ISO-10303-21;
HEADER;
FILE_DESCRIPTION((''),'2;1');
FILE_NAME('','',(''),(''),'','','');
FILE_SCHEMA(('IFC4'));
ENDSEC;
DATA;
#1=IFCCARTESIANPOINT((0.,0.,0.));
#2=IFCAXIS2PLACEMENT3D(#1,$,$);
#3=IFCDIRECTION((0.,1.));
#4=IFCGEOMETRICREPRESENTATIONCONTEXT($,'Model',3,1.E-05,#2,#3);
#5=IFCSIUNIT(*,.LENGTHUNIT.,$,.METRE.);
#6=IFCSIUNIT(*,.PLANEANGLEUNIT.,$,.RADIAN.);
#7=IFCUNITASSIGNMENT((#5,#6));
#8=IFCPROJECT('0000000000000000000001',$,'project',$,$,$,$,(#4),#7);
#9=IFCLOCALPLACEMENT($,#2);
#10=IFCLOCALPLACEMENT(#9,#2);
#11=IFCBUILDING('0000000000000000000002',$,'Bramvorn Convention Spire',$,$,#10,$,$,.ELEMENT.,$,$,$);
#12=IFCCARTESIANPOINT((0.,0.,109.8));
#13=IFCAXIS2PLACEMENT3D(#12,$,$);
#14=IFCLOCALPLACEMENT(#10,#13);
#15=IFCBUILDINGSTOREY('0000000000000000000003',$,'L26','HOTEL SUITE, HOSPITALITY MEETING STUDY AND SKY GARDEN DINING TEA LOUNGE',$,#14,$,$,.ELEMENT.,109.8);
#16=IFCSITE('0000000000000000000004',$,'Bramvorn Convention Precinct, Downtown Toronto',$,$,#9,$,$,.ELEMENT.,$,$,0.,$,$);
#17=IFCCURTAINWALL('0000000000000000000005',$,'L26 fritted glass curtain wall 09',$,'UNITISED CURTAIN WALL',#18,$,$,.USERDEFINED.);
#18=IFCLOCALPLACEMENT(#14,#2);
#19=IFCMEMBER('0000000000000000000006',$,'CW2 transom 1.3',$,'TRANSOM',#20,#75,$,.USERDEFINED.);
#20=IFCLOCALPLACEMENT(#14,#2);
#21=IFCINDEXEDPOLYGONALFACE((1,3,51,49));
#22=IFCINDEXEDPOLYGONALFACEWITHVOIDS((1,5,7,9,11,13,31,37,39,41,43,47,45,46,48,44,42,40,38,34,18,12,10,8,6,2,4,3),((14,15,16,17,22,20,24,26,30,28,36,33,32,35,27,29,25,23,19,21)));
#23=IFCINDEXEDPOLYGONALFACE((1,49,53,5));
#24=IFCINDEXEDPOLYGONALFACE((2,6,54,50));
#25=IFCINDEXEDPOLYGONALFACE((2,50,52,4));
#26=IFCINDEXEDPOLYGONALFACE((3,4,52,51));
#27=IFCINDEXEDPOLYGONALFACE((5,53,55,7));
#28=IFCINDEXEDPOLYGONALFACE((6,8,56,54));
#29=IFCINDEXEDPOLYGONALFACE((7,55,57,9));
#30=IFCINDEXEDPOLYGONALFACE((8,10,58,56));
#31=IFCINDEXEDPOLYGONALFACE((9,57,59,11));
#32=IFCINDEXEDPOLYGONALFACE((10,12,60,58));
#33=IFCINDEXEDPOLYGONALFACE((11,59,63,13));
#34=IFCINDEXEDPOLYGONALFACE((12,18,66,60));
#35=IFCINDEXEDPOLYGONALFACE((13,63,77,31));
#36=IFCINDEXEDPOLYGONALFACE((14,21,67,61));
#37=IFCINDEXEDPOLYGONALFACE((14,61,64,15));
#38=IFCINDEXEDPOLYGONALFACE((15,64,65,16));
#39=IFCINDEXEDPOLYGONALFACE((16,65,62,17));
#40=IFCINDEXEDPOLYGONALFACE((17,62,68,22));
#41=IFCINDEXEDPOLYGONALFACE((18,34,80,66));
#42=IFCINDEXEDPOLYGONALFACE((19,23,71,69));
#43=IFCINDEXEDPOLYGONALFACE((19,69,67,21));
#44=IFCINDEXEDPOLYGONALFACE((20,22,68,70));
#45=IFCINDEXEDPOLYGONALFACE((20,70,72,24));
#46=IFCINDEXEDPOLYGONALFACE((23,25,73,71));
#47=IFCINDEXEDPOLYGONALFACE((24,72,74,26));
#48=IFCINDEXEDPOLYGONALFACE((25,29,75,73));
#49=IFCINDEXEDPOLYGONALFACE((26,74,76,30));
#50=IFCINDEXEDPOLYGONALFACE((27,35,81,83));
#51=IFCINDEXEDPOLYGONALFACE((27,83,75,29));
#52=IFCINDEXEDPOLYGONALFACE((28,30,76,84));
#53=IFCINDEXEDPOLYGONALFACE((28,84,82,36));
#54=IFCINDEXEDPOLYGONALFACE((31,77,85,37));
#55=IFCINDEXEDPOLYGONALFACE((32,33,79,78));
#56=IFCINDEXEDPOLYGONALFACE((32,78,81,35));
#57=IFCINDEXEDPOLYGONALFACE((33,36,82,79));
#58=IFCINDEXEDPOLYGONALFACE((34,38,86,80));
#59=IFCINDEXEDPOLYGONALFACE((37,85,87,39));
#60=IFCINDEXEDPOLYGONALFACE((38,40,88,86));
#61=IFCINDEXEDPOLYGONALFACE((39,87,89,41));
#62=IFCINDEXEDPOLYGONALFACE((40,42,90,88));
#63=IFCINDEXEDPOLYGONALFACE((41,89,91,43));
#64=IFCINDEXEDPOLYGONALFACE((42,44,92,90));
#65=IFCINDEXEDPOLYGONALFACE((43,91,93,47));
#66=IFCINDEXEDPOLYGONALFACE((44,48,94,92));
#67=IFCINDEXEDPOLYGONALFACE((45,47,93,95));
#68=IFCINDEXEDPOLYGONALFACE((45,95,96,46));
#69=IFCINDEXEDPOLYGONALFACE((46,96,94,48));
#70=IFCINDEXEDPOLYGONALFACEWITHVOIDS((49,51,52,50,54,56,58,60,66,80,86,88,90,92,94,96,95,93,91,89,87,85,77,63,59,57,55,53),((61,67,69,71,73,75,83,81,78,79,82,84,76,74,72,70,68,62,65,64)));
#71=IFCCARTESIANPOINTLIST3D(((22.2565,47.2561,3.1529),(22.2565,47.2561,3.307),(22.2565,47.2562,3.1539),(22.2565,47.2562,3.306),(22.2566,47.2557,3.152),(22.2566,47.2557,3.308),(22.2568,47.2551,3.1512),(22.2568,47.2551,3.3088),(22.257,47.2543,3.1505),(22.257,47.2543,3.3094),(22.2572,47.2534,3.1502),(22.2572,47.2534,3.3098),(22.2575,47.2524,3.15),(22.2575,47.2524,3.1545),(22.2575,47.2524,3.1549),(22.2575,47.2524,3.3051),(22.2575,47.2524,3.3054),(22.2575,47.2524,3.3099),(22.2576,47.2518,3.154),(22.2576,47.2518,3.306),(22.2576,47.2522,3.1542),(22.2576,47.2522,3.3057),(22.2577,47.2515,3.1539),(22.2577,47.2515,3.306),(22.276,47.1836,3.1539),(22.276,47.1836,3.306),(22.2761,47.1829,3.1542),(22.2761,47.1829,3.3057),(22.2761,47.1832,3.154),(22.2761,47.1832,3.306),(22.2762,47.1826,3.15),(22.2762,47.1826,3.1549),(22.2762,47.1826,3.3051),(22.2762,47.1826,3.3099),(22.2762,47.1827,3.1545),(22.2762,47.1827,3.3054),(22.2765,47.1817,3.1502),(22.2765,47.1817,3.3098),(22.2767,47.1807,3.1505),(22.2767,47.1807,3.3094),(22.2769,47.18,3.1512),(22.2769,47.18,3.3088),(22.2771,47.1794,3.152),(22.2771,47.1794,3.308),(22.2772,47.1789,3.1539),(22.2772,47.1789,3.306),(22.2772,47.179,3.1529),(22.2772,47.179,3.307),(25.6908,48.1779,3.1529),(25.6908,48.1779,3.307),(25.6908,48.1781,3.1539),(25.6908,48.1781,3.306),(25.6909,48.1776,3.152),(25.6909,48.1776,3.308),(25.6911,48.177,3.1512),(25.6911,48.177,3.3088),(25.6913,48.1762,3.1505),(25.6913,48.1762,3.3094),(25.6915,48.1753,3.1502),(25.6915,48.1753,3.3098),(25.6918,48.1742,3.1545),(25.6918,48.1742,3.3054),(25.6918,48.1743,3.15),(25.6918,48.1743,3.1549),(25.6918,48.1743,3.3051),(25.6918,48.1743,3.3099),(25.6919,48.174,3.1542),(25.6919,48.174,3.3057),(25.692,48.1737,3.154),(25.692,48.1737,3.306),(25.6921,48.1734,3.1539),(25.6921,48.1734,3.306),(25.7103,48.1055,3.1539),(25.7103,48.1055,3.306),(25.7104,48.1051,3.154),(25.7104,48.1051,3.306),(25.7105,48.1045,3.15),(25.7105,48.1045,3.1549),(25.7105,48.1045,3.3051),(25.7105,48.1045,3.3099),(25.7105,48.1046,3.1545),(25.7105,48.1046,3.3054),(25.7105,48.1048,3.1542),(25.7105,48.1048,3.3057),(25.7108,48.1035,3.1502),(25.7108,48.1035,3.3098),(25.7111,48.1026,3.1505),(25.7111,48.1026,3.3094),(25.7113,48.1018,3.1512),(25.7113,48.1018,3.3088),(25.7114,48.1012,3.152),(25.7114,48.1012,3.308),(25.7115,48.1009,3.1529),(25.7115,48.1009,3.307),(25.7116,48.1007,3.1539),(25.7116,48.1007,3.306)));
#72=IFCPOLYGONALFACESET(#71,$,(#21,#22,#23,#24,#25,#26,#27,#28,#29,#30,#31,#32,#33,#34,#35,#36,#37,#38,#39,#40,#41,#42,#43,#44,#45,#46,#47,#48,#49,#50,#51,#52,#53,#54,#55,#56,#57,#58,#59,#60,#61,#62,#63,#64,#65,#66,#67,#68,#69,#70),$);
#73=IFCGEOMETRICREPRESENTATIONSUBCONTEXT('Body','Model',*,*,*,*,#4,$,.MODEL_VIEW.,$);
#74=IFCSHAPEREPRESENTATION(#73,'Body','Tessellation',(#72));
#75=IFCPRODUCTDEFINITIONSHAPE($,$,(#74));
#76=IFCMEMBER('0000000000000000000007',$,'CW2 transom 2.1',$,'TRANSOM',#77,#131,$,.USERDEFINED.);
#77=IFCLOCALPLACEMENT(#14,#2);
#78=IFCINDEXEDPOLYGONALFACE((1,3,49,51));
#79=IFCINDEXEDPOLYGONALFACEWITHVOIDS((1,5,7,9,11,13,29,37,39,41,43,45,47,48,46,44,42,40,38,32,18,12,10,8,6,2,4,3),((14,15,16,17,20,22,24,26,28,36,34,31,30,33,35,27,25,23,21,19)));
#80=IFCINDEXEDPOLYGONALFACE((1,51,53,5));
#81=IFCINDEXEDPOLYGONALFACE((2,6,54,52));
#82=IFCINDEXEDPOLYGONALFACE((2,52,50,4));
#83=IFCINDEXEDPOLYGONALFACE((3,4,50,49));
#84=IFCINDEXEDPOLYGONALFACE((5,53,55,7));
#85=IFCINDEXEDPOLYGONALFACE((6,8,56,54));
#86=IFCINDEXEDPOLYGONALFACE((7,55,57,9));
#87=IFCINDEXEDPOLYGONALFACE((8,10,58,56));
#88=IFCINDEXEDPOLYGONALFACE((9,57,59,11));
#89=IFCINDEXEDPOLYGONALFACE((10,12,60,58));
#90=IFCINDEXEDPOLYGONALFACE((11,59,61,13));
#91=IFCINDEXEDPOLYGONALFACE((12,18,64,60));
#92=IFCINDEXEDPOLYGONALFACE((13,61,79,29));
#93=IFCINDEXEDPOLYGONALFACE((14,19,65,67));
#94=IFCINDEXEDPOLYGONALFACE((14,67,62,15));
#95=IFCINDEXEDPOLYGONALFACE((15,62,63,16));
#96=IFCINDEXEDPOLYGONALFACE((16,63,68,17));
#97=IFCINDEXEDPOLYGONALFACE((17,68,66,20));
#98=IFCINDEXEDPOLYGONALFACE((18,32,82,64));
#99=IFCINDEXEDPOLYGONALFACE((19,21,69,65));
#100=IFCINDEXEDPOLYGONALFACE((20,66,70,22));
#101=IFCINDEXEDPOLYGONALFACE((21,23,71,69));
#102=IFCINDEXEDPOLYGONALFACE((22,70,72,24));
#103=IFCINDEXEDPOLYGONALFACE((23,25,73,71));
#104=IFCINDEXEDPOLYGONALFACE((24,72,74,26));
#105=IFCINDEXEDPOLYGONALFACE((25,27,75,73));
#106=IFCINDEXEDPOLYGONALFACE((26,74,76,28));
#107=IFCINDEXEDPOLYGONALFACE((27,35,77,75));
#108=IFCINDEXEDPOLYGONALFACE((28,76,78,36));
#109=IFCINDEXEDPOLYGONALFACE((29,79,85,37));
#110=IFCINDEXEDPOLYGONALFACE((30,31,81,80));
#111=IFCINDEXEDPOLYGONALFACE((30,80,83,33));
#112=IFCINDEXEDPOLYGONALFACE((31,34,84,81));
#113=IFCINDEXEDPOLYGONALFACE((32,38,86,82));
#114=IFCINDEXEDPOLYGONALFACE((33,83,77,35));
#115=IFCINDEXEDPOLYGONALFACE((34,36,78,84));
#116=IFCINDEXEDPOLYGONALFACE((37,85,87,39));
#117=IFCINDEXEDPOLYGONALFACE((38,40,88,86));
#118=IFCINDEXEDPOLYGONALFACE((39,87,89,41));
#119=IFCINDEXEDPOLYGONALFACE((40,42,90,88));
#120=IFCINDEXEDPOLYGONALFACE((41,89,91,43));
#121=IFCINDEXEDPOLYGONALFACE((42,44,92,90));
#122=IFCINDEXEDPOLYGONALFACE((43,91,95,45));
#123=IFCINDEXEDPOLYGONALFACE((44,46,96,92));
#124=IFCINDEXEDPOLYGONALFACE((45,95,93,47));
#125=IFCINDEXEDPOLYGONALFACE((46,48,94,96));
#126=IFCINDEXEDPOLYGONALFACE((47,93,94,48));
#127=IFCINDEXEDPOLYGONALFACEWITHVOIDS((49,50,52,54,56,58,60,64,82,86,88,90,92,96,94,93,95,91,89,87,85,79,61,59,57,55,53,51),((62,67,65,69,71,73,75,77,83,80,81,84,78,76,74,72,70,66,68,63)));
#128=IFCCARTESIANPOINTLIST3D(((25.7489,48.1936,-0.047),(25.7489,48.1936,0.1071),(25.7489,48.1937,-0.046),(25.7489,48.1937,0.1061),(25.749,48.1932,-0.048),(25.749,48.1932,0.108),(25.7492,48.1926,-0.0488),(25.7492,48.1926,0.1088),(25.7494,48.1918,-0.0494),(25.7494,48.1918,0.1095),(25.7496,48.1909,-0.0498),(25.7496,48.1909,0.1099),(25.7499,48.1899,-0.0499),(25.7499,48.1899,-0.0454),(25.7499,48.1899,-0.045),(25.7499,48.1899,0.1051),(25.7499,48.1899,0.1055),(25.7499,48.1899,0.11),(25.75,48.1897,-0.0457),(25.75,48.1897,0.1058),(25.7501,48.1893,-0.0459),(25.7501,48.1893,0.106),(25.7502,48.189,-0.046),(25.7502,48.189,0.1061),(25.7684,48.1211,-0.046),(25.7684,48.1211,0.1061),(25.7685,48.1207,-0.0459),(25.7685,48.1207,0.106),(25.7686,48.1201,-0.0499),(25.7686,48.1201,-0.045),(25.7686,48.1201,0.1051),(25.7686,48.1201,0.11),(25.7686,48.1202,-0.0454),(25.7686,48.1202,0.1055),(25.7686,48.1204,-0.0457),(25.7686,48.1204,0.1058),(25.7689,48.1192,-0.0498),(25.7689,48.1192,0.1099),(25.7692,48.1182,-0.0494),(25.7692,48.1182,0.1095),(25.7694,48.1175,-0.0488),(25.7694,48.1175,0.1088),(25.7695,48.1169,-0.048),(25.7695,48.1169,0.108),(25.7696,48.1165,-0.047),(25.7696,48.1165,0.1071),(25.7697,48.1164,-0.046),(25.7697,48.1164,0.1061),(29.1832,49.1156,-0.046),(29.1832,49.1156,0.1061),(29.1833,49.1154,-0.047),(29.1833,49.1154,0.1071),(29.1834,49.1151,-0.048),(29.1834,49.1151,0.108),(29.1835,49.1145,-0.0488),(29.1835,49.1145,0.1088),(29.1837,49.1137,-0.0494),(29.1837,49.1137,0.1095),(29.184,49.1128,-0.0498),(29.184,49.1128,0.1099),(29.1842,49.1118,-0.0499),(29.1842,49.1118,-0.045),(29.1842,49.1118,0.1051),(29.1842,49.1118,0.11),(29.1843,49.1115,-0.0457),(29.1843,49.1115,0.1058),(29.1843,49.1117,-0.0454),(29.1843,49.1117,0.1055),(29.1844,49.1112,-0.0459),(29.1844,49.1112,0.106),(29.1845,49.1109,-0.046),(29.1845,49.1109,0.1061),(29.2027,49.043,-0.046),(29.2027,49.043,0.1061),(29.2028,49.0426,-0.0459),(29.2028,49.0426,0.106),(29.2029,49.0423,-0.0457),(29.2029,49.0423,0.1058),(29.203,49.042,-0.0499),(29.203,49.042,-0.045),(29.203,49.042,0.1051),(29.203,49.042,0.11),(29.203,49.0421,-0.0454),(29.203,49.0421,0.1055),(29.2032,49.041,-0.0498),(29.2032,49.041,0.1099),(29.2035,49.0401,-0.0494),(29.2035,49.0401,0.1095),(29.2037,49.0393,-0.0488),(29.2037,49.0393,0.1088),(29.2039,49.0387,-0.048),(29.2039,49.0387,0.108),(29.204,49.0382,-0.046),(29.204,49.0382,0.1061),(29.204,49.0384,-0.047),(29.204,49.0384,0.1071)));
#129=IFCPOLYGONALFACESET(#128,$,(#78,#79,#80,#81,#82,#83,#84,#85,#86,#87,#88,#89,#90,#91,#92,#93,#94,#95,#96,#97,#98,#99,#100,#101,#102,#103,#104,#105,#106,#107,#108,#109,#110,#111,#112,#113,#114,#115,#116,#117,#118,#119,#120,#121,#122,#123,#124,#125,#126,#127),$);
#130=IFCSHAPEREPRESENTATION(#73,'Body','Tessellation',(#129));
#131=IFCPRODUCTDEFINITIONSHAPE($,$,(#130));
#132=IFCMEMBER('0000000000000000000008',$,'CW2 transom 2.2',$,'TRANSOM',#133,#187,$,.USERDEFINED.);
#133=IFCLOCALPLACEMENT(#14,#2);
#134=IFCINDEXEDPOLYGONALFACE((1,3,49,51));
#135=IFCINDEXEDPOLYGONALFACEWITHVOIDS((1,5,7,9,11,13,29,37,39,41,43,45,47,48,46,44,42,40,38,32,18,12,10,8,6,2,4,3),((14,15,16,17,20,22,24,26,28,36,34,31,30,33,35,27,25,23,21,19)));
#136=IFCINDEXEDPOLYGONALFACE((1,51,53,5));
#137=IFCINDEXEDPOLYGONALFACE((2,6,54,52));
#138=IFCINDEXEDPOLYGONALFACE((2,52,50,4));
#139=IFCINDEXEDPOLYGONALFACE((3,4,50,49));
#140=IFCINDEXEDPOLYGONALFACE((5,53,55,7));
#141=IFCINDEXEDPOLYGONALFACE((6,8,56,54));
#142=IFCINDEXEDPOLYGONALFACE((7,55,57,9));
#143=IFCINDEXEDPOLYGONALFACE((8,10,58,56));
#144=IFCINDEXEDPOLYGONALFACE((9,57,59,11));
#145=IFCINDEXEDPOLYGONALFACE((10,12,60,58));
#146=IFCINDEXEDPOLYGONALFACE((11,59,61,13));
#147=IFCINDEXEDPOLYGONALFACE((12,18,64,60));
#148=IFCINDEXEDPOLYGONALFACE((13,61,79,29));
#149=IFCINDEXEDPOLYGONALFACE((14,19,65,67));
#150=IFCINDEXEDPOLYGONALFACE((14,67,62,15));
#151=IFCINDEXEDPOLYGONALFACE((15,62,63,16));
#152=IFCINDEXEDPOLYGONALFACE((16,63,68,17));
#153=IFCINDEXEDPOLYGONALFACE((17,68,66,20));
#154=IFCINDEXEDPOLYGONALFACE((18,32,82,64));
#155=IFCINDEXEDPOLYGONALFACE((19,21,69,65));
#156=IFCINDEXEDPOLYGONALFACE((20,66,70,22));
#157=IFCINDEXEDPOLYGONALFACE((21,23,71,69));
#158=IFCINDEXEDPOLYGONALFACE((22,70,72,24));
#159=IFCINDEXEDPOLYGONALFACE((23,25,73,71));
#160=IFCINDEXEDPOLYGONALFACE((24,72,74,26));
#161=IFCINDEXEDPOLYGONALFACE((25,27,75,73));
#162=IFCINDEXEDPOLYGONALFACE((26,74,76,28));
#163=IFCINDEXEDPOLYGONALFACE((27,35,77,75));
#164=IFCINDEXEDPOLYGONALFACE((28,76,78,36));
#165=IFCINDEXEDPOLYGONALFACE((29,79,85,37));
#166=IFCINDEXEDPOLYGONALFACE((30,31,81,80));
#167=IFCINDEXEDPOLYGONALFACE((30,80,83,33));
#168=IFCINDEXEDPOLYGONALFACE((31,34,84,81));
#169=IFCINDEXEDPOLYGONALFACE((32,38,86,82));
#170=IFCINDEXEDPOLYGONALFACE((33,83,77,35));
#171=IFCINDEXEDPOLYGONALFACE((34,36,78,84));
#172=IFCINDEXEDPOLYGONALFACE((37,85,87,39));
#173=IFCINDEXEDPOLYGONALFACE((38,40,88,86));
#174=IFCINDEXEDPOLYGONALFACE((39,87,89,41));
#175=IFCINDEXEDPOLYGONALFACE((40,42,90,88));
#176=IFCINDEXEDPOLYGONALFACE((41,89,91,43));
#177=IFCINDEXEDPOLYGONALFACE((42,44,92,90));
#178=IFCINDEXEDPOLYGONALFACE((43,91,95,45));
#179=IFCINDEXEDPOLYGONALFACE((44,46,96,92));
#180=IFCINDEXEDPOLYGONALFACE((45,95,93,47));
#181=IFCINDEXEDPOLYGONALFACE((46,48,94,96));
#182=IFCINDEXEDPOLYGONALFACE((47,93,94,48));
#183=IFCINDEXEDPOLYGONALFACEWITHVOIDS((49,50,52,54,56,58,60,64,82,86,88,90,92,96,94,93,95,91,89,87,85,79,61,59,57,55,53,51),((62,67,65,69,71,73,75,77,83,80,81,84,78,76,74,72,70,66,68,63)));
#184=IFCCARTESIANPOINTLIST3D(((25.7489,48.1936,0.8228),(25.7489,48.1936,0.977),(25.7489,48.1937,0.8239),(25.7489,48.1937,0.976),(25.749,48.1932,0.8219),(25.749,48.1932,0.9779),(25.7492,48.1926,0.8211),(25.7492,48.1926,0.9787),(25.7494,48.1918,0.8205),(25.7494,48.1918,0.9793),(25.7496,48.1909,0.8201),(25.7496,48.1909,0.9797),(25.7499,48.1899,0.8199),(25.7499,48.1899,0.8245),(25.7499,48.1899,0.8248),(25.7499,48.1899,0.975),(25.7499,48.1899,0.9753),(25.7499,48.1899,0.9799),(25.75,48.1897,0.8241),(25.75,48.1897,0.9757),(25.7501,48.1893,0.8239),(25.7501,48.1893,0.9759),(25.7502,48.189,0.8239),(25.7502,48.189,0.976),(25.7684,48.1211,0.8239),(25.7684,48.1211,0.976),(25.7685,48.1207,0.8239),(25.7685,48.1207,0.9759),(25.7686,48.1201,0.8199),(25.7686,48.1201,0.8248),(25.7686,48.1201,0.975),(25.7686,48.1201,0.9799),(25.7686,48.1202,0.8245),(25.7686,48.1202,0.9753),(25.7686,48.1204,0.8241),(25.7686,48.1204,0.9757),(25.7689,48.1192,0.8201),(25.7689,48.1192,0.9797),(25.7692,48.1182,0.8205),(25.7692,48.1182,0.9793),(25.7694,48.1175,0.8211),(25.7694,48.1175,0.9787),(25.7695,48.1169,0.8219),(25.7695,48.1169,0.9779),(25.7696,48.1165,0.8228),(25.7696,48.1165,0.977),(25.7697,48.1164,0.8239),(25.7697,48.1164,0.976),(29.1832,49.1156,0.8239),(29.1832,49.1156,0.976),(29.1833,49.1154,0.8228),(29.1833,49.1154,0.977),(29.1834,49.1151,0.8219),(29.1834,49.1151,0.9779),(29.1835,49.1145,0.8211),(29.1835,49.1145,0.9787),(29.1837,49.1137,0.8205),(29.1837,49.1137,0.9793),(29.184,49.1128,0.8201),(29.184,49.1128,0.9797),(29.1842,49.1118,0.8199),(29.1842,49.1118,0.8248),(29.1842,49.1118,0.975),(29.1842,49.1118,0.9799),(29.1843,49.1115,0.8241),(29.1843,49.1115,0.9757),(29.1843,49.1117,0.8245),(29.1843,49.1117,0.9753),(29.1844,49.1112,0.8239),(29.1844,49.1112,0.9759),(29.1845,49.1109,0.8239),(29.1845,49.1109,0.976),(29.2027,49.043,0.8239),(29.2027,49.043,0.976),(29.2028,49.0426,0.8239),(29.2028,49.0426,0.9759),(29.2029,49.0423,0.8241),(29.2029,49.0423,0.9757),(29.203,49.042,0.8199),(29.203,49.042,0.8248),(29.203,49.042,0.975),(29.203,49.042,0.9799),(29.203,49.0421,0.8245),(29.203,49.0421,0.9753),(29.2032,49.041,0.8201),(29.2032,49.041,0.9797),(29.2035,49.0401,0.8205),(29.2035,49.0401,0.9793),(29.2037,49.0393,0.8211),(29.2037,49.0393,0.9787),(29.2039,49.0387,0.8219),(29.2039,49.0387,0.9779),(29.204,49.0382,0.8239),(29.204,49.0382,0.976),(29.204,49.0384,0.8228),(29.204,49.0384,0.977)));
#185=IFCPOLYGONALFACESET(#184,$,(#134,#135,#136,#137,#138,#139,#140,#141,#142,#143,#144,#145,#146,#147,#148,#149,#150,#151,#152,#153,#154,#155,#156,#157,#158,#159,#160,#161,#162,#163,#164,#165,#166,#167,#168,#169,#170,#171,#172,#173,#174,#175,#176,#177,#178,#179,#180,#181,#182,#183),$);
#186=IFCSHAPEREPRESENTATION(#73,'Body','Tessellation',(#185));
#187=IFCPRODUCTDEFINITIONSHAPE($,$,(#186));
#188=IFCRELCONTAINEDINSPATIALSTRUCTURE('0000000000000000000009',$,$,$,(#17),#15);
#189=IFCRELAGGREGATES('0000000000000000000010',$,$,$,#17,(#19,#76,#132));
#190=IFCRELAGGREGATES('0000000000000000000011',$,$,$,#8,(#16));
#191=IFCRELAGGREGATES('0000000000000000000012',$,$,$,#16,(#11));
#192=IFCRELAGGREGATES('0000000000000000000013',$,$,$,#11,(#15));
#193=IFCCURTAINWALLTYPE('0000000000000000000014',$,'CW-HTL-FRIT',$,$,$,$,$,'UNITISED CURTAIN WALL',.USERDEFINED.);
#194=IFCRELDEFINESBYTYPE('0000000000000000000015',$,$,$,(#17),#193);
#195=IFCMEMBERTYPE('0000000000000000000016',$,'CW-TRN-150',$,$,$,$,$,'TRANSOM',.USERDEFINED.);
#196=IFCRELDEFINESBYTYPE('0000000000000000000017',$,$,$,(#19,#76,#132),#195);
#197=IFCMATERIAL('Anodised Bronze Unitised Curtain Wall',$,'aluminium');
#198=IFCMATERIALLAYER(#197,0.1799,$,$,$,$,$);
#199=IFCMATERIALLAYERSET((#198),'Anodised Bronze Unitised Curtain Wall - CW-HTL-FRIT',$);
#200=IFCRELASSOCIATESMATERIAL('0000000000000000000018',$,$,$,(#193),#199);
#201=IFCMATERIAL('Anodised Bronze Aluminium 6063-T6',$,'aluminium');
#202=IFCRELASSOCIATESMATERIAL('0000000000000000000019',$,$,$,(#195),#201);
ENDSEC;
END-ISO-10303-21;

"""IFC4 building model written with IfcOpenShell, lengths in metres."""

from ifc_helpers import new_model, si_unit, direction, frame, origin, origin_2d, place, context, subcontext, project, spatial, hollow_rectangle, extrude, material, layer, layer_set, material_profile, profile_set, type_object, element, aggregate, save


model = new_model("IFC4")

# Units and contexts
model_context = context("Model", 3, precision=1e-05, world=origin(), true_north=direction((0.0, 1.0)))
body_context = subcontext(model_context, "Body", "Model", "MODEL_VIEW")
ifc_project = project(units=[si_unit("LENGTHUNIT", "METRE"), si_unit("PLANEANGLEUNIT", "RADIAN")], contexts=[model_context])

# Site, building, storey
site_placement = place(None, origin())
site = spatial("IfcSite", under=ifc_project, at=site_placement, Name="Bramvorn Convention Precinct, Downtown Toronto", CompositionType="ELEMENT", RefElevation=0.0)
building_placement = place(site_placement, origin())
building = spatial("IfcBuilding", under=site, at=building_placement, Name="Bramvorn Convention Spire", CompositionType="ELEMENT")
storey_placement = place(building_placement, frame((0.0, 0.0, 109.8)))
storey = spatial("IfcBuildingStorey", under=building, at=storey_placement, Name="L26", Description="HOTEL SUITE, HOSPITALITY MEETING STUDY AND SKY GARDEN DINING TEA LOUNGE", CompositionType="ELEMENT", Elevation=109.8)

# Shared definitions
ifc_material_1 = material(Name="Anodised Bronze Unitised Curtain Wall", Category="aluminium")
ifc_layer_1 = layer(ifc_material_1, 0.1799)
ifc_layer_set_1 = layer_set([ifc_layer_1], Name="Anodised Bronze Unitised Curtain Wall - CW-HTL-FRIT")
curtain_wall_type = type_object("IfcCurtainWallType", Name="CW-HTL-FRIT", ElementType="UNITISED CURTAIN WALL", PredefinedType="USERDEFINED", material=ifc_layer_set_1)
ifc_material_2 = material(Name="Anodised Bronze Aluminium 6063-T6", Category="aluminium")

# Curtain wall
curtain_wall_1_placement = place(storey_placement, origin())
curtain_wall_1 = element("IfcCurtainWall", 1, at=curtain_wall_1_placement, inside=storey, type_object=curtain_wall_type, Name="L26 fritted glass curtain wall 09", ObjectType="UNITISED CURTAIN WALL", PredefinedType="USERDEFINED")

# Members
ifc_material_profile_1 = material_profile(ifc_material_2, hollow_rectangle(XDim=0.0801, YDim=0.1599, WallThickness=0.0039, InnerFilletRadius=0.001, OuterFilletRadius=0.0039, at=origin_2d()))
ifc_profile_set_1 = profile_set([ifc_material_profile_1], Name="Anodised Bronze Aluminium 6063-T6 - CWT80X160")
member_type_1 = type_object("IfcMemberType", Name="CW-TRN-150", ElementType="TRANSOM", PredefinedType="USERDEFINED", material=ifc_profile_set_1)
member_1_placement = place(storey_placement, frame((22.2668, 47.2175, 3.23), z_axis=(0.96581, 0.259252, 0.0), x_axis=(-0.259252, 0.96581, 0.0)))
member_1 = element("IfcMember", 2, at=member_1_placement, type_object=member_type_1, Name="CW2 transom 1.3", ObjectType="TRANSOM", PredefinedType="USERDEFINED", context=body_context, shape_type="SweptSolid", body=[
    extrude(hollow_rectangle(XDim=0.0801, YDim=0.1599, WallThickness=0.0039, InnerFilletRadius=0.001, OuterFilletRadius=0.0039, at=origin_2d()), origin(), (0.0, 0.0, 1.0), 3.5559),
])
member_2_placement = place(storey_placement, frame((25.7593, 48.155, 0.03), z_axis=(0.96581, 0.259252, 0.0), x_axis=(-0.259252, 0.96581, 0.0)))
member_2 = element("IfcMember", 3, at=member_2_placement, type_object=member_type_1, Name="CW2 transom 2.1", ObjectType="TRANSOM", PredefinedType="USERDEFINED", context=body_context, shape_type="SweptSolid", body=[
    extrude(hollow_rectangle(XDim=0.0801, YDim=0.1599, WallThickness=0.0039, InnerFilletRadius=0.001, OuterFilletRadius=0.0039, at=origin_2d()), origin(), (0.0, 0.0, 1.0), 3.5559),
])
member_3_placement = place(storey_placement, frame((25.7593, 48.155, 0.8999), z_axis=(0.96581, 0.259252, 0.0), x_axis=(-0.259252, 0.96581, 0.0)))
member_3 = element("IfcMember", 4, at=member_3_placement, type_object=member_type_1, Name="CW2 transom 2.2", ObjectType="TRANSOM", PredefinedType="USERDEFINED", context=body_context, shape_type="SweptSolid", body=[
    extrude(hollow_rectangle(XDim=0.0801, YDim=0.1599, WallThickness=0.0039, InnerFilletRadius=0.001, OuterFilletRadius=0.0039, at=origin_2d()), origin(), (0.0, 0.0, 1.0), 3.5559),
])

aggregate(curtain_wall_1, [member_1, member_2, member_3])

save(model, "model.ifc")
